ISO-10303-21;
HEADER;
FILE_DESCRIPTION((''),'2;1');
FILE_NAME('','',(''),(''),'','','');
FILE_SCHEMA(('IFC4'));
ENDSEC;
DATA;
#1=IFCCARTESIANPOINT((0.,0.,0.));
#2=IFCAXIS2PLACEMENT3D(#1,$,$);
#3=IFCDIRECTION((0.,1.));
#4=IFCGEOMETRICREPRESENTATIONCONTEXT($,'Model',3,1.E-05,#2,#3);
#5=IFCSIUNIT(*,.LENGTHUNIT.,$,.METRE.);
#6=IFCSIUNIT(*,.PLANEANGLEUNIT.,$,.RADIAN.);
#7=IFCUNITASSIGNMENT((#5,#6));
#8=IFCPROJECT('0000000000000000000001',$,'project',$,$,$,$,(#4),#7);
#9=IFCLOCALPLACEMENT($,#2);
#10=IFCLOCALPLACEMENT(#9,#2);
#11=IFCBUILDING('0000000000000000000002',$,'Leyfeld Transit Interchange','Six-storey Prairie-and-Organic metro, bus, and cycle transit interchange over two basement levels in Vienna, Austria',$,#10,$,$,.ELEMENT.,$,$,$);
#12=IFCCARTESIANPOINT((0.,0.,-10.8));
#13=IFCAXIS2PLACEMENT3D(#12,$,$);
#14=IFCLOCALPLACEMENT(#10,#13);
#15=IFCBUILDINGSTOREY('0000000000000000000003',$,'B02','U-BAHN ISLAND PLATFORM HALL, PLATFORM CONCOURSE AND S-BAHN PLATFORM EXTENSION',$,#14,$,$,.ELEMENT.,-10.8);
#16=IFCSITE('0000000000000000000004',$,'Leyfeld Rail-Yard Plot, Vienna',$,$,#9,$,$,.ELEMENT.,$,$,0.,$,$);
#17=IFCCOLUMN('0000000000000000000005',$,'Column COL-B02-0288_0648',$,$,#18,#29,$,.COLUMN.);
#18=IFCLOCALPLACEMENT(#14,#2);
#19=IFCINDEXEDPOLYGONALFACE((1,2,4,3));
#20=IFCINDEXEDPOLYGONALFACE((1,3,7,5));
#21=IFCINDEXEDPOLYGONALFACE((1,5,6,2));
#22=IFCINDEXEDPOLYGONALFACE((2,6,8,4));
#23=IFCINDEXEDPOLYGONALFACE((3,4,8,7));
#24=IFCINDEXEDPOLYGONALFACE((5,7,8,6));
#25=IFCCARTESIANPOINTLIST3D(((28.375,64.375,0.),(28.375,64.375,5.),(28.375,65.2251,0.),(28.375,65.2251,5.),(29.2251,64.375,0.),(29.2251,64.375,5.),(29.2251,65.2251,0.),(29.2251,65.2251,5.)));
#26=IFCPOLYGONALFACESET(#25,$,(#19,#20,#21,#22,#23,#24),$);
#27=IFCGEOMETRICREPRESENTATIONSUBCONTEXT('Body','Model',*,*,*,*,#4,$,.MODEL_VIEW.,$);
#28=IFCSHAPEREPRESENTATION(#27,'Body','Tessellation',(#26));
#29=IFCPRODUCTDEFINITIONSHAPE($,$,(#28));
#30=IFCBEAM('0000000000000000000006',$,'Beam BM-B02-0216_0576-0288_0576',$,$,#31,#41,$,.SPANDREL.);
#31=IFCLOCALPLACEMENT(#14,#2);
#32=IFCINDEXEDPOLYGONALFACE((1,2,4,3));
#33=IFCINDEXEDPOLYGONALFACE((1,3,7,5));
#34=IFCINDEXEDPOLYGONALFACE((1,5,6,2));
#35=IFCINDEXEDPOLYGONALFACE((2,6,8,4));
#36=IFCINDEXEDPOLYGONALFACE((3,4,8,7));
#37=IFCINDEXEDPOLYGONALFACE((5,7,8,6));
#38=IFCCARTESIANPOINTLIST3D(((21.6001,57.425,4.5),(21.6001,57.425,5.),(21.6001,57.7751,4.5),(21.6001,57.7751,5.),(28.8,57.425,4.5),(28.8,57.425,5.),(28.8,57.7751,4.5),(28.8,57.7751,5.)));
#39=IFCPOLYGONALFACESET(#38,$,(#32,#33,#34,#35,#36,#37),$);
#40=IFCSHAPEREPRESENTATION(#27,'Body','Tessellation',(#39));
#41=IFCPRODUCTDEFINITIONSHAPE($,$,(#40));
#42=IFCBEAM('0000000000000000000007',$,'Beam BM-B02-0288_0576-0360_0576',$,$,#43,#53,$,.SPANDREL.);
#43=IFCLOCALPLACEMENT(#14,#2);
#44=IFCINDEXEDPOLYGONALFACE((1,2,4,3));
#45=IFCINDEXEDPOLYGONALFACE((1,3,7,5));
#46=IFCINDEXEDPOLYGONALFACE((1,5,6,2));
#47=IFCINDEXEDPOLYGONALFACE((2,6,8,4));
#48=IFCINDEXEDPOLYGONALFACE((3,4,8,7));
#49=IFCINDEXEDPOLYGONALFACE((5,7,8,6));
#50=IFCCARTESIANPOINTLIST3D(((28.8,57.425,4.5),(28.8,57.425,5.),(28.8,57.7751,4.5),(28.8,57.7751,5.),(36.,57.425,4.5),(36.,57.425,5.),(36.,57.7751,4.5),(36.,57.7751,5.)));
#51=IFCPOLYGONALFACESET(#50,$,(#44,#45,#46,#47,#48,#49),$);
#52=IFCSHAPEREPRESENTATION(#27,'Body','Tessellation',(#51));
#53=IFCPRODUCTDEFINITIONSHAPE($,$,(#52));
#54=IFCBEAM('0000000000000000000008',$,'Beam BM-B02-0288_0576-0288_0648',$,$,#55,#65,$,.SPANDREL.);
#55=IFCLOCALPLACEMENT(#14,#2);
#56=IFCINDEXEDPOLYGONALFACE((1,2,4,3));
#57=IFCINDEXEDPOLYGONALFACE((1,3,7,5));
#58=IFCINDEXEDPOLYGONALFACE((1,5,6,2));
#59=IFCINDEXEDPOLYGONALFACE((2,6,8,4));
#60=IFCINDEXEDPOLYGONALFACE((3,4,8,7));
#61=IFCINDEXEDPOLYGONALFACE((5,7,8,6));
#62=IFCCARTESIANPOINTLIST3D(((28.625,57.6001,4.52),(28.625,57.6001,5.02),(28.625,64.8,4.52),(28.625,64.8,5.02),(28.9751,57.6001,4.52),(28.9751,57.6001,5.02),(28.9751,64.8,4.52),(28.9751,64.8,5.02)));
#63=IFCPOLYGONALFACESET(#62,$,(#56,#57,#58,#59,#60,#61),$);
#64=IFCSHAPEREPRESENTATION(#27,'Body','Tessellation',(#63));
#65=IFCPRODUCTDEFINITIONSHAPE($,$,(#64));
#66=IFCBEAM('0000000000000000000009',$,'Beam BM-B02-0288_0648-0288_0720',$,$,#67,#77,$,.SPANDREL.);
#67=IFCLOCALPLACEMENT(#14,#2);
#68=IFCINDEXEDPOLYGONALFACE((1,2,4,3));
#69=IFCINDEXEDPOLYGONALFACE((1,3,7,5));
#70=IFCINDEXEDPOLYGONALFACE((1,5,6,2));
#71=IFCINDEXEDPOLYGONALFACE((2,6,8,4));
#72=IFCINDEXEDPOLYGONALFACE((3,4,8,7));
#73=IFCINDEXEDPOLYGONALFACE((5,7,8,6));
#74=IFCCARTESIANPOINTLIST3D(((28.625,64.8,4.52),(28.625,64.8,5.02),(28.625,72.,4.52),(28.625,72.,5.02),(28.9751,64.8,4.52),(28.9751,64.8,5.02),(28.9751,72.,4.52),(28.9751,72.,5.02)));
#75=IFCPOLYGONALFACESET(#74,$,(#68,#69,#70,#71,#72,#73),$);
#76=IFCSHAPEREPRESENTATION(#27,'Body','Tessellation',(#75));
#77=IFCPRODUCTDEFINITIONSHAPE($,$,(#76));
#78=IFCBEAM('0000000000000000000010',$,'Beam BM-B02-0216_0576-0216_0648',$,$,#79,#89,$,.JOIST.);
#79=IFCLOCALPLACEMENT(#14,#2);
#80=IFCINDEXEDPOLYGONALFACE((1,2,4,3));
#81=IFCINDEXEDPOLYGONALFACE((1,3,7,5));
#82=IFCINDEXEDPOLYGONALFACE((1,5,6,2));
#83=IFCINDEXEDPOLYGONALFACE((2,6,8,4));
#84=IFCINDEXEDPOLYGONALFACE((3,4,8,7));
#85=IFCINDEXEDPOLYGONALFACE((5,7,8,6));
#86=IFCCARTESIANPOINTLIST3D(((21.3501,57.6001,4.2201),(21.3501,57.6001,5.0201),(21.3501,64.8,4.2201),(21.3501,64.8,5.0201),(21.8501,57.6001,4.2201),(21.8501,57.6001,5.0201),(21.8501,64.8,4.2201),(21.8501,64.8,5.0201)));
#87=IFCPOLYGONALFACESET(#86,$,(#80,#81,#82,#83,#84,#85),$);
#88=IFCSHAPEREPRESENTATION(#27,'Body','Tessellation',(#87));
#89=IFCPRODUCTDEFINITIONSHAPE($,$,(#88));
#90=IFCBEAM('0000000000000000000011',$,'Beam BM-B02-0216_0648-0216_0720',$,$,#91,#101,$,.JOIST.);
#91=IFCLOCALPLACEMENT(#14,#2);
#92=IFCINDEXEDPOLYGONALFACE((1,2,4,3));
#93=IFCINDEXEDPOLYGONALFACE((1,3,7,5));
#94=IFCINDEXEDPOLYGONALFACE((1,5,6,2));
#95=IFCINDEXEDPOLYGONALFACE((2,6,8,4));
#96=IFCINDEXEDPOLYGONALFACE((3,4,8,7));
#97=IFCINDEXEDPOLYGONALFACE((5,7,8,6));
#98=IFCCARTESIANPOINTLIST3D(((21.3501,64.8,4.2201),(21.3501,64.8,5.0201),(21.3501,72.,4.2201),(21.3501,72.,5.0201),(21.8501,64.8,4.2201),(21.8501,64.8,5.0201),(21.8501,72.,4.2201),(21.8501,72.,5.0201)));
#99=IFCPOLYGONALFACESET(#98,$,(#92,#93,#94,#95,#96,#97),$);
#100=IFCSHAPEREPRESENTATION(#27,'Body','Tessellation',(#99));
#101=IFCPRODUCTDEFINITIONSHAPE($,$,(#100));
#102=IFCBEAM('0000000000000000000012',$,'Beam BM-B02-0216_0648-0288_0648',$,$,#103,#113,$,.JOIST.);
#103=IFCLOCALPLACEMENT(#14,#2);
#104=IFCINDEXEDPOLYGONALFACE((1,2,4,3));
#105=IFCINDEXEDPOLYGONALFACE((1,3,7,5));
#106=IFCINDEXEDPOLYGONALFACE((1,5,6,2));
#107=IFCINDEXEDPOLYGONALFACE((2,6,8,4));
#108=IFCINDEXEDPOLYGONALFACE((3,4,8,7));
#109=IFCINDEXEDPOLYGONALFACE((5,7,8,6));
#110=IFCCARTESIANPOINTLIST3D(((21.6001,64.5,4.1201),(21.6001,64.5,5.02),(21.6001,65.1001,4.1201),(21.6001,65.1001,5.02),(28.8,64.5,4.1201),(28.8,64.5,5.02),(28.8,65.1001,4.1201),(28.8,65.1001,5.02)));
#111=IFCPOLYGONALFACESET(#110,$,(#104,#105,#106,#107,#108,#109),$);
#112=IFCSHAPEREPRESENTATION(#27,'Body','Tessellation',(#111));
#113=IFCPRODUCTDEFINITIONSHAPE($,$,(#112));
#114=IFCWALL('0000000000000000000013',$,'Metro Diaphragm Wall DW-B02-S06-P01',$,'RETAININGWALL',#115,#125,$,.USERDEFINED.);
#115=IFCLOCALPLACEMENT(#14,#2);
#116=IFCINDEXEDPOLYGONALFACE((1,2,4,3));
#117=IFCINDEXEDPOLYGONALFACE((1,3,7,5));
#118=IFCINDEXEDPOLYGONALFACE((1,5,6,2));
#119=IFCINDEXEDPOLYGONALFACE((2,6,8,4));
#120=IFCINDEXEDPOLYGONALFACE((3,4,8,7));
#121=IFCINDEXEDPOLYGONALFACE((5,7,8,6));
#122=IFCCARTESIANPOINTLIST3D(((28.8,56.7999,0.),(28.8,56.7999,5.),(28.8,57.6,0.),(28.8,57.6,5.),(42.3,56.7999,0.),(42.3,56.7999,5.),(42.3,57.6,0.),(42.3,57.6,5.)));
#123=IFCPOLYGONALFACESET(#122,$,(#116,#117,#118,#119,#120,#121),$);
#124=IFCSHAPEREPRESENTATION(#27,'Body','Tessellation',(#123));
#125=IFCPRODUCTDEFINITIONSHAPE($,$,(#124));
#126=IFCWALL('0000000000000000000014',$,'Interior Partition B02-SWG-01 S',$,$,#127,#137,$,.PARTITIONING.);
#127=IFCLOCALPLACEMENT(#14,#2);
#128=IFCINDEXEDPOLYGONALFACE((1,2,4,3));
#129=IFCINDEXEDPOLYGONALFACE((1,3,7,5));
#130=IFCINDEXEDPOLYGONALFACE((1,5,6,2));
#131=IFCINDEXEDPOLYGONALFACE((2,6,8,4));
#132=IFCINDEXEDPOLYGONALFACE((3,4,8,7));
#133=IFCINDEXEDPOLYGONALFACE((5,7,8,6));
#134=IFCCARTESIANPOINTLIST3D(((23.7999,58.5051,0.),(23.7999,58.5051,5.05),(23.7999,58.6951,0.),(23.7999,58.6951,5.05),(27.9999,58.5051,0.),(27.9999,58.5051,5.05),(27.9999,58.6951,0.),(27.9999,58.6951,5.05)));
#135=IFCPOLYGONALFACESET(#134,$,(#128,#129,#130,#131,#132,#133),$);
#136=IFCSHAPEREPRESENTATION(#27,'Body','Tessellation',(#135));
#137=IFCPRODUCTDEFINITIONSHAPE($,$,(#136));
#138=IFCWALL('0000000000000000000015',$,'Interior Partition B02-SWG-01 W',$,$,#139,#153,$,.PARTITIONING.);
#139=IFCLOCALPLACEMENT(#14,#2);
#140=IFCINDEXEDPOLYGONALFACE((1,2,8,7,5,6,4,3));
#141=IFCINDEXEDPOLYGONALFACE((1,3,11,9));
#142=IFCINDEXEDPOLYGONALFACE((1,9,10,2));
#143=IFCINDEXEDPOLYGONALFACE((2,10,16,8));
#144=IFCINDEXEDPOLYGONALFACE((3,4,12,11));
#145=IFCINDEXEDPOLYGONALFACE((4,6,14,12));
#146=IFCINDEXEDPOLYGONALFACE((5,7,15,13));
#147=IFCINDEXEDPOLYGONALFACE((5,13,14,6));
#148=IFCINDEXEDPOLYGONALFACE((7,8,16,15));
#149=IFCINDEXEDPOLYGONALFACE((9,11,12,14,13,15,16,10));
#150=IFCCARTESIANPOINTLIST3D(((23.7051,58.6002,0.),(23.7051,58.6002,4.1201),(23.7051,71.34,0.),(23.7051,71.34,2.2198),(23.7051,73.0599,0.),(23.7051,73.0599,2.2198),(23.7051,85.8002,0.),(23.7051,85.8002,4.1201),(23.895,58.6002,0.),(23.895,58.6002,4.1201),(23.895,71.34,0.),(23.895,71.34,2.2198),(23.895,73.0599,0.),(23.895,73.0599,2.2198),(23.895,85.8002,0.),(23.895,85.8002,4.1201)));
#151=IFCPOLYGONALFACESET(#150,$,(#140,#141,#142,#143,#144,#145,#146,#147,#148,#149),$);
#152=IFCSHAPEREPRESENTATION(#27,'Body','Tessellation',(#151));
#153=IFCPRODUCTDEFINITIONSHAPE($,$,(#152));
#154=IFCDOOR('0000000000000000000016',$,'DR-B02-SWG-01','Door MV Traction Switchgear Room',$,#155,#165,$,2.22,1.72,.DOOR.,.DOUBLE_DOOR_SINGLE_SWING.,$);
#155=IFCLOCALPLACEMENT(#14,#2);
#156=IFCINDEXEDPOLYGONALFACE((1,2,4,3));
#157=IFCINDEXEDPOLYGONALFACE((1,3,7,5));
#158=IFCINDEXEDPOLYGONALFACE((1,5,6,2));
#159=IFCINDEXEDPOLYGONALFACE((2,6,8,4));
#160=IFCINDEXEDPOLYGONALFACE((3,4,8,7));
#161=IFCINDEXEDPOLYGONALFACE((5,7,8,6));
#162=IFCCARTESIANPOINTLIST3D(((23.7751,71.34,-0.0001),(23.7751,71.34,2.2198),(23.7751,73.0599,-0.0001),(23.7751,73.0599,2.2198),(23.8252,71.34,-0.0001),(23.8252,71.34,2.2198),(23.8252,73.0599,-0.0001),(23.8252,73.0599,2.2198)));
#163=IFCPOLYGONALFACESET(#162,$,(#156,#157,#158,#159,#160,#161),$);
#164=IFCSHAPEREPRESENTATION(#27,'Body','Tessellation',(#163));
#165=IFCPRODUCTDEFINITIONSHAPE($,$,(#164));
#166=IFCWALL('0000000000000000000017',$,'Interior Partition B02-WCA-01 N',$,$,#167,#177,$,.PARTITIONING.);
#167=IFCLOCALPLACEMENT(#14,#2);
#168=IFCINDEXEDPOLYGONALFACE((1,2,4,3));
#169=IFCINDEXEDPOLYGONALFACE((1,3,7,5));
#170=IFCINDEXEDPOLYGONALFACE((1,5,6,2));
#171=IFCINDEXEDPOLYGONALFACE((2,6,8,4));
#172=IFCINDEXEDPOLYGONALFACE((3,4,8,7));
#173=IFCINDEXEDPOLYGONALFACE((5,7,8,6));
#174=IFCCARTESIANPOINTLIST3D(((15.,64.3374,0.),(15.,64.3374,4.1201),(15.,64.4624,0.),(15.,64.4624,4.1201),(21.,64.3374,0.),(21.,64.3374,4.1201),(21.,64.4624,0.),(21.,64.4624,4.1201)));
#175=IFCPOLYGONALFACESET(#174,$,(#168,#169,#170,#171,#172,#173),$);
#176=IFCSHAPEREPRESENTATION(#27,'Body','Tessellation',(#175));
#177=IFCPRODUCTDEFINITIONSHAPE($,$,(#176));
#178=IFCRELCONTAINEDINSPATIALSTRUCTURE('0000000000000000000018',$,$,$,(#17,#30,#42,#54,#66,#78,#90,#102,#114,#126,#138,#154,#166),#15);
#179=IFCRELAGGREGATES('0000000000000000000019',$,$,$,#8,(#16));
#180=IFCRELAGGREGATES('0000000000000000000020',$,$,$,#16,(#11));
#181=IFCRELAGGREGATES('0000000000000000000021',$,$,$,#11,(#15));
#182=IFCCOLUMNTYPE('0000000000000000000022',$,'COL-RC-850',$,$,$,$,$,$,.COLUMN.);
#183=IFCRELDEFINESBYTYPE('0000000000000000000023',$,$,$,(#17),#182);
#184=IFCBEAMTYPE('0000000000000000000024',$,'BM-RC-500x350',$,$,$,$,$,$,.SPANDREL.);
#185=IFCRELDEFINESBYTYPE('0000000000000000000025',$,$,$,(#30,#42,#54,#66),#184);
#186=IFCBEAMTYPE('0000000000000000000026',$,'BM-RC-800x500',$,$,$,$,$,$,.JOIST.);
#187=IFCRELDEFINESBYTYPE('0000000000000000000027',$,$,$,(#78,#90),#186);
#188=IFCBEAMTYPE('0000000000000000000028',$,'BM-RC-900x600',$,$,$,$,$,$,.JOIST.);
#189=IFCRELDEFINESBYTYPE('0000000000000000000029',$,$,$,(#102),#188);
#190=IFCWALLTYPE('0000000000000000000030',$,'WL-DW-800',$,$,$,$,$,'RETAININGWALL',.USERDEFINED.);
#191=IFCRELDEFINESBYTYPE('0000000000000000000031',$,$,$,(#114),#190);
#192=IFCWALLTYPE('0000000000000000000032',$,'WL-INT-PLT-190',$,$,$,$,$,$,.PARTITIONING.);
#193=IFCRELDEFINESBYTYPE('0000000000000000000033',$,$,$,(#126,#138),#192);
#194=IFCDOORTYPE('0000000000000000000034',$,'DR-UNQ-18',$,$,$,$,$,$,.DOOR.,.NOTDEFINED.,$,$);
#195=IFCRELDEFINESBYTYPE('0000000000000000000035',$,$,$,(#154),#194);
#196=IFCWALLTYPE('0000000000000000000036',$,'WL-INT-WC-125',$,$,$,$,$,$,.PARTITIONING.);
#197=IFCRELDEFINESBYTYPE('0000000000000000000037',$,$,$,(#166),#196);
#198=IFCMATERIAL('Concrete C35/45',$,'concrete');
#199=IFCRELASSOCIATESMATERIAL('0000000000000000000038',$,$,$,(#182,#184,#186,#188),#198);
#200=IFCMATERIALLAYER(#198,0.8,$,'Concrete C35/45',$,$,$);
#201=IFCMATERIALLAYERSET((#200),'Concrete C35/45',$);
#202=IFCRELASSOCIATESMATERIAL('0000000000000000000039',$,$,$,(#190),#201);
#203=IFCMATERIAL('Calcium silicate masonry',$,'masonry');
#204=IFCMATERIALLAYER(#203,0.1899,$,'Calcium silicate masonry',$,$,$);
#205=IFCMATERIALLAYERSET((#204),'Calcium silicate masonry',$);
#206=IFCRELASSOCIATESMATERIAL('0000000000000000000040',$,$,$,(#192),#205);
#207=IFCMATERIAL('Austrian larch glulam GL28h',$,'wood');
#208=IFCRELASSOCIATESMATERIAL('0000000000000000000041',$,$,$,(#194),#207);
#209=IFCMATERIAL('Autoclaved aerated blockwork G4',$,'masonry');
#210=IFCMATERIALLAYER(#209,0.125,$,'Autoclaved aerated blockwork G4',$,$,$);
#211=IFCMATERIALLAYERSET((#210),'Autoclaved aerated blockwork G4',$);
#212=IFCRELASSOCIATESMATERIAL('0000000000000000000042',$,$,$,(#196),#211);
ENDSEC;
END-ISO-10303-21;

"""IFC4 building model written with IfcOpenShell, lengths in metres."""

from ifc_helpers import new_model, si_unit, direction, frame, frame_2d, origin, origin_2d, place, context, subcontext, project, spatial, rectangle, extrude, material, layer, layer_set, material_profile, profile_set, type_object, element, fill, save


model = new_model("IFC4")

# Units and contexts
model_context = context("Model", 3, precision=1e-05, world=origin(), true_north=direction((0.0, 1.0)))
body_context = subcontext(model_context, "Body", "Model", "MODEL_VIEW")
ifc_project = project(units=[si_unit("LENGTHUNIT", "METRE"), si_unit("PLANEANGLEUNIT", "RADIAN")], contexts=[model_context])

# Site, building, storey
site_placement = place(None, origin())
site = spatial("IfcSite", under=ifc_project, at=site_placement, Name="Leyfeld Rail-Yard Plot, Vienna", CompositionType="ELEMENT", RefElevation=0.0)
building_placement = place(site_placement, origin())
building = spatial("IfcBuilding", under=site, at=building_placement, Name="Leyfeld Transit Interchange", Description="Six-storey Prairie-and-Organic metro, bus, and cycle transit interchange over two basement levels in Vienna, Austria", CompositionType="ELEMENT")
storey_placement = place(building_placement, frame((0.0, 0.0, -10.8)))
storey = spatial("IfcBuildingStorey", under=building, at=storey_placement, Name="B02", Description="U-BAHN ISLAND PLATFORM HALL, PLATFORM CONCOURSE AND S-BAHN PLATFORM EXTENSION", CompositionType="ELEMENT", Elevation=-10.8)

# Shared definitions
ifc_material_1 = material(Name="Concrete C35/45", Category="concrete")

# Column
ifc_material_profile_1 = material_profile(ifc_material_1, rectangle(XDim=0.8501, YDim=0.8501, at=origin_2d()), Name="RC 850x850")
ifc_profile_set_1 = profile_set([ifc_material_profile_1], Name="Concrete C35/45")
column_type_1 = type_object("IfcColumnType", Name="COL-RC-850", PredefinedType="COLUMN", material=ifc_profile_set_1)
for number, where, z_axis, x_axis, name in (
    (1, (28.8, 64.8, 0.0), (0.0, 0.0, 1.0), (1.0, 0.0, 0.0), "Column COL-B02-0288_0648"),
):
    element("IfcColumn", number, at=place(storey_placement, frame(where, z_axis=z_axis, x_axis=x_axis)), inside=storey, type_object=column_type_1, Name=name, PredefinedType="COLUMN", context=body_context, shape_type="SweptSolid", body=[
        extrude(rectangle(XDim=0.8501, YDim=0.8501, at=origin_2d()), origin(), (0.0, 0.0, 1.0), 5.0),
    ])

# Beams
ifc_material_profile_2 = material_profile(ifc_material_1, rectangle(XDim=0.3501, YDim=0.5, at=origin_2d()), Name="RC 500x350")
ifc_profile_set_2 = profile_set([ifc_material_profile_2], Name="Concrete C35/45")
beam_type_1 = type_object("IfcBeamType", Name="BM-RC-500x350", PredefinedType="SPANDREL", material=ifc_profile_set_2)
for number, where, z_axis, x_axis, name in (
    (2, (21.6001, 57.6001, 4.75), (1.0, 0.0, 0.0), (0.0, 1.0, 0.0), "Beam BM-B02-0216_0576-0288_0576"),
    (3, (28.8, 57.6001, 4.75), (1.0, 0.0, 0.0), (0.0, 1.0, 0.0), "Beam BM-B02-0288_0576-0360_0576"),
    (4, (28.8, 57.6001, 4.77), (0.0, 1.0, 0.0), (-1.0, 0.0, 0.0), "Beam BM-B02-0288_0576-0288_0648"),
    (5, (28.8, 64.8, 4.77), (0.0, 1.0, 0.0), (-1.0, 0.0, 0.0), "Beam BM-B02-0288_0648-0288_0720"),
):
    element("IfcBeam", number, at=place(storey_placement, frame(where, z_axis=z_axis, x_axis=x_axis)), inside=storey, type_object=beam_type_1, Name=name, PredefinedType="SPANDREL", context=body_context, shape_type="SweptSolid", body=[
        extrude(rectangle(XDim=0.3501, YDim=0.5, at=origin_2d()), origin(), (0.0, 0.0, 1.0), 7.2),
    ])
ifc_material_profile_3 = material_profile(ifc_material_1, rectangle(XDim=0.5, YDim=0.8, at=origin_2d()), Name="RC 800x500")
ifc_profile_set_3 = profile_set([ifc_material_profile_3], Name="Concrete C35/45")
beam_type_2 = type_object("IfcBeamType", Name="BM-RC-800x500", PredefinedType="JOIST", material=ifc_profile_set_3)
for number, where, z_axis, x_axis, name in (
    (6, (21.6001, 57.6001, 4.6201), (0.0, 1.0, 0.0), (-1.0, 0.0, 0.0), "Beam BM-B02-0216_0576-0216_0648"),
    (7, (21.6001, 64.8, 4.6201), (0.0, 1.0, 0.0), (-1.0, 0.0, 0.0), "Beam BM-B02-0216_0648-0216_0720"),
):
    element("IfcBeam", number, at=place(storey_placement, frame(where, z_axis=z_axis, x_axis=x_axis)), inside=storey, type_object=beam_type_2, Name=name, PredefinedType="JOIST", context=body_context, shape_type="SweptSolid", body=[
        extrude(rectangle(XDim=0.5, YDim=0.8, at=origin_2d()), origin(), (0.0, 0.0, 1.0), 7.2),
    ])
ifc_material_profile_4 = material_profile(ifc_material_1, rectangle(XDim=0.6001, YDim=0.8999, at=origin_2d()), Name="RC 900x600")
ifc_profile_set_4 = profile_set([ifc_material_profile_4], Name="Concrete C35/45")
beam_type_3 = type_object("IfcBeamType", Name="BM-RC-900x600", PredefinedType="JOIST", material=ifc_profile_set_4)
beam_placement = place(storey_placement, frame((21.6001, 64.8, 4.5701), z_axis=(1.0, 0.0, 0.0), x_axis=(0.0, 1.0, 0.0)))
element("IfcBeam", 8, at=beam_placement, inside=storey, type_object=beam_type_3, Name="Beam BM-B02-0216_0648-0288_0648", PredefinedType="JOIST", context=body_context, shape_type="SweptSolid", body=[
    extrude(rectangle(XDim=0.6001, YDim=0.8999, at=origin_2d()), origin(), (0.0, 0.0, 1.0), 7.2),
])

# Walls
ifc_layer_1 = layer(ifc_material_1, 0.8, Name="Concrete C35/45")
ifc_layer_set_1 = layer_set([ifc_layer_1], Name="Concrete C35/45")
wall_type_1 = type_object("IfcWallType", Name="WL-DW-800", ElementType="RETAININGWALL", PredefinedType="USERDEFINED", material=ifc_layer_set_1)
wall_1_placement = place(storey_placement, frame((28.8, 57.2, 0.0), z_axis=(0.0, 0.0, 1.0), x_axis=(1.0, 0.0, 0.0)))
element("IfcWall", 9, at=wall_1_placement, inside=storey, type_object=wall_type_1, Name="Metro Diaphragm Wall DW-B02-S06-P01", ObjectType="RETAININGWALL", PredefinedType="USERDEFINED", context=body_context, shape_type="SweptSolid", body=[
    extrude(rectangle(XDim=13.5, YDim=0.8, at=frame_2d((6.75, 0.0))), origin(), (0.0, 0.0, 1.0), 5.0),
])
ifc_material_2 = material(Name="Calcium silicate masonry", Category="masonry")
ifc_layer_2 = layer(ifc_material_2, 0.1899, Name="Calcium silicate masonry")
ifc_layer_set_2 = layer_set([ifc_layer_2], Name="Calcium silicate masonry")
wall_type_2 = type_object("IfcWallType", Name="WL-INT-PLT-190", PredefinedType="PARTITIONING", material=ifc_layer_set_2)
wall_2_placement = place(storey_placement, frame((28.0, 58.6001, 0.0), z_axis=(0.0, 0.0, 1.0), x_axis=(-1.0, 0.0, 0.0)))
element("IfcWall", 10, at=wall_2_placement, inside=storey, type_object=wall_type_2, Name="Interior Partition B02-SWG-01 S", PredefinedType="PARTITIONING", context=body_context, shape_type="SweptSolid", body=[
    extrude(rectangle(XDim=4.2, YDim=0.1899, at=frame_2d((2.1001, 0.0))), origin(), (0.0, 0.0, 1.0), 5.05),
])

# Wall, opening, door
wall_3_placement = place(storey_placement, frame((23.8, 58.6001, 0.0), z_axis=(0.0, 0.0, 1.0), x_axis=(0.0, 1.0, 0.0)))
wall_3 = element("IfcWall", 11, at=wall_3_placement, inside=storey, type_object=wall_type_2, Name="Interior Partition B02-SWG-01 W", PredefinedType="PARTITIONING", context=body_context, shape_type="SweptSolid", body=[
    extrude(rectangle(XDim=27.2, YDim=0.1899, at=frame_2d((13.6001, 0.0))), origin(), (0.0, 0.0, 1.0), 4.1201),
])
opening_1_placement = place(wall_3_placement, frame((12.74, 0.0, 0.0)))
opening_1 = element("IfcOpeningElement", 12, at=opening_1_placement, cuts=wall_3, PredefinedType="OPENING", context=body_context, shape_type="SweptSolid", body=[
    extrude(rectangle(XDim=1.72, YDim=2.22, at=frame_2d((0.8599, 1.1099))), frame((0.0, 0.105, 0.0), z_axis=(0.0, -1.0, 0.0), x_axis=(1.0, 0.0, 0.0)), (0.0, 0.0, 1.0), 0.21),
])
ifc_material_3 = material(Name="Austrian larch glulam GL28h", Category="wood")
door_type_1 = type_object("IfcDoorType", Name="DR-UNQ-18", OperationType="NOTDEFINED", PredefinedType="DOOR", material=ifc_material_3)
door_1_placement = place(opening_1_placement, origin())
door_1 = element("IfcDoor", 13, at=door_1_placement, inside=storey, type_object=door_type_1, Name="DR-B02-SWG-01", Description="Door MV Traction Switchgear Room", OperationType="DOUBLE_DOOR_SINGLE_SWING", OverallHeight=2.22, OverallWidth=1.72, PredefinedType="DOOR", context=body_context, shape_type="SweptSolid", body=[
    extrude(rectangle(XDim=1.72, YDim=2.22, at=frame_2d((0.8599, 1.1099))), frame((0.0, 0.0249, 0.0), z_axis=(0.0, -1.0, 0.0), x_axis=(1.0, 0.0, 0.0)), (0.0, 0.0, 1.0), 0.05),
])
fill(opening_1, door_1)

# Wall
ifc_material_4 = material(Name="Autoclaved aerated blockwork G4", Category="masonry")
ifc_layer_3 = layer(ifc_material_4, 0.125, Name="Autoclaved aerated blockwork G4")
ifc_layer_set_3 = layer_set([ifc_layer_3], Name="Autoclaved aerated blockwork G4")
wall_type_3 = type_object("IfcWallType", Name="WL-INT-WC-125", PredefinedType="PARTITIONING", material=ifc_layer_set_3)
wall_4_placement = place(storey_placement, frame((15.0, 64.3999, 0.0), z_axis=(0.0, 0.0, 1.0), x_axis=(1.0, 0.0, 0.0)))
element("IfcWall", 14, at=wall_4_placement, inside=storey, type_object=wall_type_3, Name="Interior Partition B02-WCA-01 N", PredefinedType="PARTITIONING", context=body_context, shape_type="SweptSolid", body=[
    extrude(rectangle(XDim=6.0, YDim=0.125, at=frame_2d((3.0, 0.0))), origin(), (0.0, 0.0, 1.0), 4.1201),
])

save(model, "model.ifc")
